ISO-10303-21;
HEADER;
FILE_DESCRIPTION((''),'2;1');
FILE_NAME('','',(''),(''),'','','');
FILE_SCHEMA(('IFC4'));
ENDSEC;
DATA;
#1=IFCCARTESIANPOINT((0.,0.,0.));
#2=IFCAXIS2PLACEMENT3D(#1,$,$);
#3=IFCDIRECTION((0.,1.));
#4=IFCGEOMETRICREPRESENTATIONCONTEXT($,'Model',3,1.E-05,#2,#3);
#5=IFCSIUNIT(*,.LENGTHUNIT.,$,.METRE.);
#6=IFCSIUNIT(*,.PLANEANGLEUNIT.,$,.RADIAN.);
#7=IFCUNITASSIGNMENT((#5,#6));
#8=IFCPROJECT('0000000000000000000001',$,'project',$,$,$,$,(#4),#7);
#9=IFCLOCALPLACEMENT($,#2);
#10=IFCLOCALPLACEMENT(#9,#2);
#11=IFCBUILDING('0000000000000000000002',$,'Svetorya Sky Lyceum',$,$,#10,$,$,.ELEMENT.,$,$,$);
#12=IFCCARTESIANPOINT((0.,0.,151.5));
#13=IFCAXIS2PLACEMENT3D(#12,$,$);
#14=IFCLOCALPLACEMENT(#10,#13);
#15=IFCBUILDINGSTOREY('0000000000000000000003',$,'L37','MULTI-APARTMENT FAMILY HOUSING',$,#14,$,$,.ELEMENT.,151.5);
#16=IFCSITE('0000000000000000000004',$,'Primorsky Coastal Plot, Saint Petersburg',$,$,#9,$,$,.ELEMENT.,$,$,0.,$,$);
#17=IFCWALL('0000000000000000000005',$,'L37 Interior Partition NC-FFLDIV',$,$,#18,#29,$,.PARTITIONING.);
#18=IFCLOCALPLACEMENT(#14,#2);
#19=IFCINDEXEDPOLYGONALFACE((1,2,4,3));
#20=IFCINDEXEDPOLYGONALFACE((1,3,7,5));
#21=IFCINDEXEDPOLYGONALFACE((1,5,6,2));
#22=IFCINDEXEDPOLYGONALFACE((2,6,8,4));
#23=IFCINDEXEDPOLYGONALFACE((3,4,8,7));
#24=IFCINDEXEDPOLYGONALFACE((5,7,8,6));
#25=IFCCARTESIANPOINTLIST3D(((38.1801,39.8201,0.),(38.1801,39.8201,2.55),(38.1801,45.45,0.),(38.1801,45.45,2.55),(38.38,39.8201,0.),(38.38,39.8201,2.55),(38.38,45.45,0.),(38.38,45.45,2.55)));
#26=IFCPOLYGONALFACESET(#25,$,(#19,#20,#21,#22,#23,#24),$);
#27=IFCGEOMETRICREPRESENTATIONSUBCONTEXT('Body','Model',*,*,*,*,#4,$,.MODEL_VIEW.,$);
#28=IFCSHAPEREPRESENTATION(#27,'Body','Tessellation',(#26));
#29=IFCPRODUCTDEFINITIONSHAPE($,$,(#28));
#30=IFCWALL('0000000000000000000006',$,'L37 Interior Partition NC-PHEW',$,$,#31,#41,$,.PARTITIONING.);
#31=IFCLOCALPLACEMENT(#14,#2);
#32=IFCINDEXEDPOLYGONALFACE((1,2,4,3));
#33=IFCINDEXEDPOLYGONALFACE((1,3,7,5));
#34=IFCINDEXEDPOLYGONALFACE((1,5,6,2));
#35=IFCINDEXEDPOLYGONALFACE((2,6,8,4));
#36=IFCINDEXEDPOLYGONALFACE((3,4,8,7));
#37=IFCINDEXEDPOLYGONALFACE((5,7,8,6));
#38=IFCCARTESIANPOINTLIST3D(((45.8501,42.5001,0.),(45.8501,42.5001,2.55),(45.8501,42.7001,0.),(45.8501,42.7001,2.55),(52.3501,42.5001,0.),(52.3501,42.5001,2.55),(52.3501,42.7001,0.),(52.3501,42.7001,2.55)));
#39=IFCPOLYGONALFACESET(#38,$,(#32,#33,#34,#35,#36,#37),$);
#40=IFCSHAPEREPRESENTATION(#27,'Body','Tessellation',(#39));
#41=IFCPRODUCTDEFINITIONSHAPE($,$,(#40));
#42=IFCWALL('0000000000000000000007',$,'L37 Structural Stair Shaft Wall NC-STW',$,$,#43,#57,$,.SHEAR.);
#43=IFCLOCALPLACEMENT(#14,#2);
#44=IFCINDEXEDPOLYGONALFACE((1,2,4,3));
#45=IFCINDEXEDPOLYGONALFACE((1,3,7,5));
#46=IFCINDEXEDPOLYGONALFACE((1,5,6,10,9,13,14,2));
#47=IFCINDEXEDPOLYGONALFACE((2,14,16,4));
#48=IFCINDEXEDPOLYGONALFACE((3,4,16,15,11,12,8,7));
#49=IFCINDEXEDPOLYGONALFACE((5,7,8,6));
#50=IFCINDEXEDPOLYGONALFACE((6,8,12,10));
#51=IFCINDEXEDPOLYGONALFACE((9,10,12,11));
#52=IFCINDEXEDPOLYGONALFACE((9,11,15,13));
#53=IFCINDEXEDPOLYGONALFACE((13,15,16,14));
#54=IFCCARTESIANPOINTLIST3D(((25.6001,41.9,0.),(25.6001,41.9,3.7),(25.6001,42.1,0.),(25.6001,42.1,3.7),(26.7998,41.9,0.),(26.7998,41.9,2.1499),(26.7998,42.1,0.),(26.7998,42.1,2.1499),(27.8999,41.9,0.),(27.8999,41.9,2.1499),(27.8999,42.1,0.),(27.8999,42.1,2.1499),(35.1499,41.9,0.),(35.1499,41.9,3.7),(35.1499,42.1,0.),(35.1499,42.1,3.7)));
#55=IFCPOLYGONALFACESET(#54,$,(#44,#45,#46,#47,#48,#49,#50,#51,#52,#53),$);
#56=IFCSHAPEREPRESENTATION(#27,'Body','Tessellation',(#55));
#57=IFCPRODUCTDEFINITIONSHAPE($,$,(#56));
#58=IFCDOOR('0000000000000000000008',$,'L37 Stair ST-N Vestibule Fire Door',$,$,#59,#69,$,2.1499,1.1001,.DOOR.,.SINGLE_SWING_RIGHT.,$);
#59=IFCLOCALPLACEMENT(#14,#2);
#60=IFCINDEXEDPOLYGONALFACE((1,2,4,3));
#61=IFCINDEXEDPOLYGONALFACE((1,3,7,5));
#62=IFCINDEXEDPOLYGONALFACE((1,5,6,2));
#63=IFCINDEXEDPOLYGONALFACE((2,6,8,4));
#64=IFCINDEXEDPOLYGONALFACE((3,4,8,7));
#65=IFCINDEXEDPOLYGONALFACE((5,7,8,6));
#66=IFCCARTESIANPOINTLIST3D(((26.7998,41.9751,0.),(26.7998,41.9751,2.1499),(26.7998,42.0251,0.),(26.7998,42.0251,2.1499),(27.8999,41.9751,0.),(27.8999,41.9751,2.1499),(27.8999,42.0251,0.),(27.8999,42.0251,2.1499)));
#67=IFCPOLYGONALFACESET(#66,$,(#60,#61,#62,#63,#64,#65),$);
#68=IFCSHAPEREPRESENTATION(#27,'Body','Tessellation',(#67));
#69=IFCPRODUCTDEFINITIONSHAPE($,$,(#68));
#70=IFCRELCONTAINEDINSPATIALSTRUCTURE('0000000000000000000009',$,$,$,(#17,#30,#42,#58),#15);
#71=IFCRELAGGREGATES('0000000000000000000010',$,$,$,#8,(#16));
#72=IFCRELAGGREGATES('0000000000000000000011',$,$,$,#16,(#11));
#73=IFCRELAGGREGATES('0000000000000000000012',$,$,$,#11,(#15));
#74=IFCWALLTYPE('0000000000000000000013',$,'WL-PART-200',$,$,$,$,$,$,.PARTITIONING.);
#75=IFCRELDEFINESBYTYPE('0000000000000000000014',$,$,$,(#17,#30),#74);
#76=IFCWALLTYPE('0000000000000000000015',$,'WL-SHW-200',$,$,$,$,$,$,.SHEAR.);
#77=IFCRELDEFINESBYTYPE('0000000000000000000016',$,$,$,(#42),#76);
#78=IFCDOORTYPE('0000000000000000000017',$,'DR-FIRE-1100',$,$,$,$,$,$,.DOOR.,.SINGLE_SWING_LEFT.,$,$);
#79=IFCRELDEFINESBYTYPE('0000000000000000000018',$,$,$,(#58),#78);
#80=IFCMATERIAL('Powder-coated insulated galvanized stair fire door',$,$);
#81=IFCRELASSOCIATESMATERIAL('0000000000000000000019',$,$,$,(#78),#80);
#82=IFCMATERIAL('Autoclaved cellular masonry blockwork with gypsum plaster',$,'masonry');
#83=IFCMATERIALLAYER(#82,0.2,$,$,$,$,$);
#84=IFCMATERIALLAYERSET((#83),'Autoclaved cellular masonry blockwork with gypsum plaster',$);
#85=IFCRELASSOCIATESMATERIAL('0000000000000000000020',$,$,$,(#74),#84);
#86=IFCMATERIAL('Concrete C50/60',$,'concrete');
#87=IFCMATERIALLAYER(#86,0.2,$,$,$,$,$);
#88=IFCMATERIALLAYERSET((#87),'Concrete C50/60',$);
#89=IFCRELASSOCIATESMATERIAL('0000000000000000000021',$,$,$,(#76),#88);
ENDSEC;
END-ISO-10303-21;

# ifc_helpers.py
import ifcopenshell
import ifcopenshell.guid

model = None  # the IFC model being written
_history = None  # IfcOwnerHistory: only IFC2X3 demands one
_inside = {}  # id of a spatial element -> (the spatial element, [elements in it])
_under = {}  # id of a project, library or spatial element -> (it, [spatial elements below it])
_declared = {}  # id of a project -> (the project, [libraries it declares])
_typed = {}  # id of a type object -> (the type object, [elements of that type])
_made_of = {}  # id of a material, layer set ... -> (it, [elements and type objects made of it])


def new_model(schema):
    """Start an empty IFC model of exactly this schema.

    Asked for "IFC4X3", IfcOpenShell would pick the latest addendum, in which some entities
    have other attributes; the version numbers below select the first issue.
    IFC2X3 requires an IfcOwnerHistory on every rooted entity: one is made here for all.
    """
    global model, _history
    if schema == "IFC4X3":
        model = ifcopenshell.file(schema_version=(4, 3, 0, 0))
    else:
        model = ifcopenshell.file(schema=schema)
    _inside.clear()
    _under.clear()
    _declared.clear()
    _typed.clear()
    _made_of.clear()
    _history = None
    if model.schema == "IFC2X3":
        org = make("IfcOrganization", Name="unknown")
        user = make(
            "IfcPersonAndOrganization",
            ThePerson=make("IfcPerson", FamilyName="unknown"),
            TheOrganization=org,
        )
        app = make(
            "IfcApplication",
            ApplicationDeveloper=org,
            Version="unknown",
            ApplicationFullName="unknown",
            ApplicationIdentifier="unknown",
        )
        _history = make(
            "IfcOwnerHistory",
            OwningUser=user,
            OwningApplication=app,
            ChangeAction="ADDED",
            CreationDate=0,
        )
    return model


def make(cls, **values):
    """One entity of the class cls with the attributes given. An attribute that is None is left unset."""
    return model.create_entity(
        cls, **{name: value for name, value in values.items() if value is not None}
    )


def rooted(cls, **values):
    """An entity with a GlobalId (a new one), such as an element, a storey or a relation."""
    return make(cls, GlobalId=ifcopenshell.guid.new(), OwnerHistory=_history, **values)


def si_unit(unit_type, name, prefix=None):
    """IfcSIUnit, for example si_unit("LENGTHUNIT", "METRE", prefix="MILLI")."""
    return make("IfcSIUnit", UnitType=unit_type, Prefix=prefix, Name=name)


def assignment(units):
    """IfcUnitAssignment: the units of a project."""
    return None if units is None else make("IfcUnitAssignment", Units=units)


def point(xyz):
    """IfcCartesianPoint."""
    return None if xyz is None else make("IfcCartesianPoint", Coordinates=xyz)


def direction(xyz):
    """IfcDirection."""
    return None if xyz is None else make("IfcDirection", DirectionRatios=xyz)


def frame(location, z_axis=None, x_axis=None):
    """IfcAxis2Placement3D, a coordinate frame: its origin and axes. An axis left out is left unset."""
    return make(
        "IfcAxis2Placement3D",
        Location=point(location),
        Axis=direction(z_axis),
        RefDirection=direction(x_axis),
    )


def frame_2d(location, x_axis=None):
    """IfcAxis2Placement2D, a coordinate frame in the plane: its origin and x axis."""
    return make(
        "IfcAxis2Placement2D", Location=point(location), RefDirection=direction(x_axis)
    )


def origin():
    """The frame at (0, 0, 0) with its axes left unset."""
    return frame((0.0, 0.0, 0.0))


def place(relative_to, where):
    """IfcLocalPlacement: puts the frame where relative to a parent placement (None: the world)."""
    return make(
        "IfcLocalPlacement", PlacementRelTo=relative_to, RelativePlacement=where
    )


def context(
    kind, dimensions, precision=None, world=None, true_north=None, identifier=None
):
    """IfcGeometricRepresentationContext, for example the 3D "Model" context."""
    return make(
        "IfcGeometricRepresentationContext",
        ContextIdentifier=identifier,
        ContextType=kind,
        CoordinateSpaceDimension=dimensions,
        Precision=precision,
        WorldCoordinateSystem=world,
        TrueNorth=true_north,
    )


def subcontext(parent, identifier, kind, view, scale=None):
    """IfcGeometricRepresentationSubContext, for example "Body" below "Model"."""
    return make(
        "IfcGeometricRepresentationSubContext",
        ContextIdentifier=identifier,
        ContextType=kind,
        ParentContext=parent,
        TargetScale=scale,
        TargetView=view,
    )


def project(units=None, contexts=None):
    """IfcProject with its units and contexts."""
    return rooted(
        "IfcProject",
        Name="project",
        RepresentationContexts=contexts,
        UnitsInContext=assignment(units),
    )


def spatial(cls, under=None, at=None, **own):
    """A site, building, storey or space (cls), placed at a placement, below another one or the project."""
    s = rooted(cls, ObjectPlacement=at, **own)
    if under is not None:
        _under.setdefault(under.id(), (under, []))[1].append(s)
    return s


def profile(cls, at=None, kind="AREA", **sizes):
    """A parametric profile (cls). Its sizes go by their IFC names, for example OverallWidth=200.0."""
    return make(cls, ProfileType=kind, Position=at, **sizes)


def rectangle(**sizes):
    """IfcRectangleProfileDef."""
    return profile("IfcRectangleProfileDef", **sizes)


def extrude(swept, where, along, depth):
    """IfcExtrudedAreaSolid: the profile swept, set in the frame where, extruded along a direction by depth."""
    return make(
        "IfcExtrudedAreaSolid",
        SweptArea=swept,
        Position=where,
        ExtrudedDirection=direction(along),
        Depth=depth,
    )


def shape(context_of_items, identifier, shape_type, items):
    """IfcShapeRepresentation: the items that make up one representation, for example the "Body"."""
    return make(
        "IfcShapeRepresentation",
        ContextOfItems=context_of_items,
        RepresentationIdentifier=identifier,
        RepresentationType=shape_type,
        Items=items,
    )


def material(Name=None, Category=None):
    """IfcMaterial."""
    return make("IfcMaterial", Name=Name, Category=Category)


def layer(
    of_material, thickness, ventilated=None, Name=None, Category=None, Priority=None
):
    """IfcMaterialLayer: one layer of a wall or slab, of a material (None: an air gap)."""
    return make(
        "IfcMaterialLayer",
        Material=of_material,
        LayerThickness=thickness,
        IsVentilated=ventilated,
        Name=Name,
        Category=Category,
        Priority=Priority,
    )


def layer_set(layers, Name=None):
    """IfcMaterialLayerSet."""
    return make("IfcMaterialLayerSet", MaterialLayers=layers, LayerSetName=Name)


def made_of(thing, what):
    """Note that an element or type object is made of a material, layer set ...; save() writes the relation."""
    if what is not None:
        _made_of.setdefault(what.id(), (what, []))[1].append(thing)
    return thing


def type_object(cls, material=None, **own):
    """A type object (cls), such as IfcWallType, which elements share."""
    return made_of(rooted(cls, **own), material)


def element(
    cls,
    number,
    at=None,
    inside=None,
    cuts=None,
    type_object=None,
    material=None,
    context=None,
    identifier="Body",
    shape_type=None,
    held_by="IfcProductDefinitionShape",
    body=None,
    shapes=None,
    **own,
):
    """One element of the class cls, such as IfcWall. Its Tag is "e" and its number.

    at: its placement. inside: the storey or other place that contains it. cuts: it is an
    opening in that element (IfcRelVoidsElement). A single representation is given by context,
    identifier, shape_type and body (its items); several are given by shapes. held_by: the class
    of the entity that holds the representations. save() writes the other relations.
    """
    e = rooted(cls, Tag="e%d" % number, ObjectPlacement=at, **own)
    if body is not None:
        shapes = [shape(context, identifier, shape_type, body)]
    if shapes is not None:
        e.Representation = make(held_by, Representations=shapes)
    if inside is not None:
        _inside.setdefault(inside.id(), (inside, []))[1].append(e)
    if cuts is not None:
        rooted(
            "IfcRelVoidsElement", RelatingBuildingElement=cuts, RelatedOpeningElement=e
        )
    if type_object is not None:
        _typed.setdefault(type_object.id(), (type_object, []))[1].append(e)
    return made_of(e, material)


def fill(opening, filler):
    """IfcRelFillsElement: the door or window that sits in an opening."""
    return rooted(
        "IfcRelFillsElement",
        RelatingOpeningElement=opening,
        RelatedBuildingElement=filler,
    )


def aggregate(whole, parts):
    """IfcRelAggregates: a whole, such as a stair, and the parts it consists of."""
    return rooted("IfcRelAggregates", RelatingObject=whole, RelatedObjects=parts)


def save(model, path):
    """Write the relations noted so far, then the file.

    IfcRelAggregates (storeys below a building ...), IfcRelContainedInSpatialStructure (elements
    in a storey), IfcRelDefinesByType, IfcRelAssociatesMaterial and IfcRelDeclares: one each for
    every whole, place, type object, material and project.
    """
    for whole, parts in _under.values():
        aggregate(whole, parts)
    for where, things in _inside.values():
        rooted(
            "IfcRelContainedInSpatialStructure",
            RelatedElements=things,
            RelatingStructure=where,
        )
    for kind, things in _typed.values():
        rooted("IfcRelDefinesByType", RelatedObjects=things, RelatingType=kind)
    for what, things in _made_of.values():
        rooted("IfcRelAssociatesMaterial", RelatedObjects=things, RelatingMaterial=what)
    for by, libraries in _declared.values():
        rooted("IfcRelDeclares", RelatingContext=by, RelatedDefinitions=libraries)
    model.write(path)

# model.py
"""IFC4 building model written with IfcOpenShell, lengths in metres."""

from ifc_helpers import new_model, si_unit, direction, frame, frame_2d, origin, place, context, subcontext, project, spatial, rectangle, extrude, material, layer, layer_set, type_object, element, fill, save


model = new_model("IFC4")

# Units and contexts
model_context = context("Model", 3, precision=1e-05, world=origin(), true_north=direction((0.0, 1.0)))
body_context = subcontext(model_context, "Body", "Model", "MODEL_VIEW")
ifc_project = project(units=[si_unit("LENGTHUNIT", "METRE"), si_unit("PLANEANGLEUNIT", "RADIAN")], contexts=[model_context])

# Site, building, storey
site_placement = place(None, origin())
site = spatial("IfcSite", under=ifc_project, at=site_placement, Name="Primorsky Coastal Plot, Saint Petersburg", CompositionType="ELEMENT", RefElevation=0.0)
building_placement = place(site_placement, origin())
building = spatial("IfcBuilding", under=site, at=building_placement, Name="Svetorya Sky Lyceum", CompositionType="ELEMENT")
storey_placement = place(building_placement, frame((0.0, 0.0, 151.5)))
storey = spatial("IfcBuildingStorey", under=building, at=storey_placement, Name="L37", Description="MULTI-APARTMENT FAMILY HOUSING", CompositionType="ELEMENT", Elevation=151.5)

# Shared definitions
ifc_material_1 = material(Name="Concrete C50/60", Category="concrete")

# Shared definitions
ifc_material_2 = material(Name="Powder-coated insulated galvanized stair fire door")
door_type_1 = type_object("IfcDoorType", Name="DR-FIRE-1100", OperationType="SINGLE_SWING_LEFT", PredefinedType="DOOR", material=ifc_material_2)

# Shared definitions
ifc_material_3 = material(Name="Autoclaved cellular masonry blockwork with gypsum plaster", Category="masonry")
ifc_layer_1 = layer(ifc_material_3, 0.2)
ifc_layer_set_1 = layer_set([ifc_layer_1], Name="Autoclaved cellular masonry blockwork with gypsum plaster")
wall_type_1 = type_object("IfcWallType", Name="WL-PART-200", PredefinedType="PARTITIONING", material=ifc_layer_set_1)

# Walls
wall_1_placement = place(storey_placement, frame((38.28, 39.8201, 0.0), z_axis=(0.0, 0.0, 1.0), x_axis=(0.0, 1.0, 0.0)))
element("IfcWall", 1, at=wall_1_placement, inside=storey, type_object=wall_type_1, Name="L37 Interior Partition NC-FFLDIV", PredefinedType="PARTITIONING", context=body_context, shape_type="SweptSolid", body=[
    extrude(rectangle(XDim=5.6299, YDim=0.2, at=frame_2d((2.8149, 0.0))), origin(), (0.0, 0.0, 1.0), 2.55),
])
wall_2_placement = place(storey_placement, frame((52.3501, 42.6001, 0.0), z_axis=(0.0, 0.0, 1.0), x_axis=(-1.0, 0.0, 0.0)))
element("IfcWall", 2, at=wall_2_placement, inside=storey, type_object=wall_type_1, Name="L37 Interior Partition NC-PHEW", PredefinedType="PARTITIONING", context=body_context, shape_type="SweptSolid", body=[
    extrude(rectangle(XDim=6.5, YDim=0.2, at=frame_2d((3.25, 0.0))), origin(), (0.0, 0.0, 1.0), 2.55),
])

# Wall, opening, door
ifc_layer_2 = layer(ifc_material_1, 0.2)
ifc_layer_set_2 = layer_set([ifc_layer_2], Name="Concrete C50/60")
wall_type_2 = type_object("IfcWallType", Name="WL-SHW-200", PredefinedType="SHEAR", material=ifc_layer_set_2)
wall_3_placement = place(storey_placement, frame((35.1499, 42.0, 0.0), z_axis=(0.0, 0.0, 1.0), x_axis=(-1.0, 0.0, 0.0)))
wall_3 = element("IfcWall", 3, at=wall_3_placement, inside=storey, type_object=wall_type_2, Name="L37 Structural Stair Shaft Wall NC-STW", PredefinedType="SHEAR", context=body_context, shape_type="SweptSolid", body=[
    extrude(rectangle(XDim=9.5498, YDim=0.2, at=frame_2d((4.7749, 0.0))), origin(), (0.0, 0.0, 1.0), 3.7),
])
opening_1_placement = place(wall_3_placement, frame((7.25, 0.0, 0.0)))
opening_1 = element("IfcOpeningElement", 4, at=opening_1_placement, cuts=wall_3, PredefinedType="OPENING", context=body_context, shape_type="SweptSolid", body=[
    extrude(rectangle(XDim=1.1001, YDim=2.1499, at=frame_2d((0.55, 1.075))), frame((0.0, 0.1099, 0.0), z_axis=(0.0, -1.0, 0.0), x_axis=(1.0, 0.0, 0.0)), (0.0, 0.0, 1.0), 0.22),
])
door_1_placement = place(opening_1_placement, origin())
door_1 = element("IfcDoor", 5, at=door_1_placement, inside=storey, type_object=door_type_1, Name="L37 Stair ST-N Vestibule Fire Door", OperationType="SINGLE_SWING_RIGHT", OverallHeight=2.1499, OverallWidth=1.1001, PredefinedType="DOOR", context=body_context, shape_type="SweptSolid", body=[
    extrude(rectangle(XDim=1.1001, YDim=2.1499, at=frame_2d((0.55, 1.075))), frame((0.0, 0.0249, 0.0), z_axis=(0.0, -1.0, 0.0), x_axis=(1.0, 0.0, 0.0)), (0.0, 0.0, 1.0), 0.05),
])
fill(opening_1, door_1)

save(model, "model.ifc")
